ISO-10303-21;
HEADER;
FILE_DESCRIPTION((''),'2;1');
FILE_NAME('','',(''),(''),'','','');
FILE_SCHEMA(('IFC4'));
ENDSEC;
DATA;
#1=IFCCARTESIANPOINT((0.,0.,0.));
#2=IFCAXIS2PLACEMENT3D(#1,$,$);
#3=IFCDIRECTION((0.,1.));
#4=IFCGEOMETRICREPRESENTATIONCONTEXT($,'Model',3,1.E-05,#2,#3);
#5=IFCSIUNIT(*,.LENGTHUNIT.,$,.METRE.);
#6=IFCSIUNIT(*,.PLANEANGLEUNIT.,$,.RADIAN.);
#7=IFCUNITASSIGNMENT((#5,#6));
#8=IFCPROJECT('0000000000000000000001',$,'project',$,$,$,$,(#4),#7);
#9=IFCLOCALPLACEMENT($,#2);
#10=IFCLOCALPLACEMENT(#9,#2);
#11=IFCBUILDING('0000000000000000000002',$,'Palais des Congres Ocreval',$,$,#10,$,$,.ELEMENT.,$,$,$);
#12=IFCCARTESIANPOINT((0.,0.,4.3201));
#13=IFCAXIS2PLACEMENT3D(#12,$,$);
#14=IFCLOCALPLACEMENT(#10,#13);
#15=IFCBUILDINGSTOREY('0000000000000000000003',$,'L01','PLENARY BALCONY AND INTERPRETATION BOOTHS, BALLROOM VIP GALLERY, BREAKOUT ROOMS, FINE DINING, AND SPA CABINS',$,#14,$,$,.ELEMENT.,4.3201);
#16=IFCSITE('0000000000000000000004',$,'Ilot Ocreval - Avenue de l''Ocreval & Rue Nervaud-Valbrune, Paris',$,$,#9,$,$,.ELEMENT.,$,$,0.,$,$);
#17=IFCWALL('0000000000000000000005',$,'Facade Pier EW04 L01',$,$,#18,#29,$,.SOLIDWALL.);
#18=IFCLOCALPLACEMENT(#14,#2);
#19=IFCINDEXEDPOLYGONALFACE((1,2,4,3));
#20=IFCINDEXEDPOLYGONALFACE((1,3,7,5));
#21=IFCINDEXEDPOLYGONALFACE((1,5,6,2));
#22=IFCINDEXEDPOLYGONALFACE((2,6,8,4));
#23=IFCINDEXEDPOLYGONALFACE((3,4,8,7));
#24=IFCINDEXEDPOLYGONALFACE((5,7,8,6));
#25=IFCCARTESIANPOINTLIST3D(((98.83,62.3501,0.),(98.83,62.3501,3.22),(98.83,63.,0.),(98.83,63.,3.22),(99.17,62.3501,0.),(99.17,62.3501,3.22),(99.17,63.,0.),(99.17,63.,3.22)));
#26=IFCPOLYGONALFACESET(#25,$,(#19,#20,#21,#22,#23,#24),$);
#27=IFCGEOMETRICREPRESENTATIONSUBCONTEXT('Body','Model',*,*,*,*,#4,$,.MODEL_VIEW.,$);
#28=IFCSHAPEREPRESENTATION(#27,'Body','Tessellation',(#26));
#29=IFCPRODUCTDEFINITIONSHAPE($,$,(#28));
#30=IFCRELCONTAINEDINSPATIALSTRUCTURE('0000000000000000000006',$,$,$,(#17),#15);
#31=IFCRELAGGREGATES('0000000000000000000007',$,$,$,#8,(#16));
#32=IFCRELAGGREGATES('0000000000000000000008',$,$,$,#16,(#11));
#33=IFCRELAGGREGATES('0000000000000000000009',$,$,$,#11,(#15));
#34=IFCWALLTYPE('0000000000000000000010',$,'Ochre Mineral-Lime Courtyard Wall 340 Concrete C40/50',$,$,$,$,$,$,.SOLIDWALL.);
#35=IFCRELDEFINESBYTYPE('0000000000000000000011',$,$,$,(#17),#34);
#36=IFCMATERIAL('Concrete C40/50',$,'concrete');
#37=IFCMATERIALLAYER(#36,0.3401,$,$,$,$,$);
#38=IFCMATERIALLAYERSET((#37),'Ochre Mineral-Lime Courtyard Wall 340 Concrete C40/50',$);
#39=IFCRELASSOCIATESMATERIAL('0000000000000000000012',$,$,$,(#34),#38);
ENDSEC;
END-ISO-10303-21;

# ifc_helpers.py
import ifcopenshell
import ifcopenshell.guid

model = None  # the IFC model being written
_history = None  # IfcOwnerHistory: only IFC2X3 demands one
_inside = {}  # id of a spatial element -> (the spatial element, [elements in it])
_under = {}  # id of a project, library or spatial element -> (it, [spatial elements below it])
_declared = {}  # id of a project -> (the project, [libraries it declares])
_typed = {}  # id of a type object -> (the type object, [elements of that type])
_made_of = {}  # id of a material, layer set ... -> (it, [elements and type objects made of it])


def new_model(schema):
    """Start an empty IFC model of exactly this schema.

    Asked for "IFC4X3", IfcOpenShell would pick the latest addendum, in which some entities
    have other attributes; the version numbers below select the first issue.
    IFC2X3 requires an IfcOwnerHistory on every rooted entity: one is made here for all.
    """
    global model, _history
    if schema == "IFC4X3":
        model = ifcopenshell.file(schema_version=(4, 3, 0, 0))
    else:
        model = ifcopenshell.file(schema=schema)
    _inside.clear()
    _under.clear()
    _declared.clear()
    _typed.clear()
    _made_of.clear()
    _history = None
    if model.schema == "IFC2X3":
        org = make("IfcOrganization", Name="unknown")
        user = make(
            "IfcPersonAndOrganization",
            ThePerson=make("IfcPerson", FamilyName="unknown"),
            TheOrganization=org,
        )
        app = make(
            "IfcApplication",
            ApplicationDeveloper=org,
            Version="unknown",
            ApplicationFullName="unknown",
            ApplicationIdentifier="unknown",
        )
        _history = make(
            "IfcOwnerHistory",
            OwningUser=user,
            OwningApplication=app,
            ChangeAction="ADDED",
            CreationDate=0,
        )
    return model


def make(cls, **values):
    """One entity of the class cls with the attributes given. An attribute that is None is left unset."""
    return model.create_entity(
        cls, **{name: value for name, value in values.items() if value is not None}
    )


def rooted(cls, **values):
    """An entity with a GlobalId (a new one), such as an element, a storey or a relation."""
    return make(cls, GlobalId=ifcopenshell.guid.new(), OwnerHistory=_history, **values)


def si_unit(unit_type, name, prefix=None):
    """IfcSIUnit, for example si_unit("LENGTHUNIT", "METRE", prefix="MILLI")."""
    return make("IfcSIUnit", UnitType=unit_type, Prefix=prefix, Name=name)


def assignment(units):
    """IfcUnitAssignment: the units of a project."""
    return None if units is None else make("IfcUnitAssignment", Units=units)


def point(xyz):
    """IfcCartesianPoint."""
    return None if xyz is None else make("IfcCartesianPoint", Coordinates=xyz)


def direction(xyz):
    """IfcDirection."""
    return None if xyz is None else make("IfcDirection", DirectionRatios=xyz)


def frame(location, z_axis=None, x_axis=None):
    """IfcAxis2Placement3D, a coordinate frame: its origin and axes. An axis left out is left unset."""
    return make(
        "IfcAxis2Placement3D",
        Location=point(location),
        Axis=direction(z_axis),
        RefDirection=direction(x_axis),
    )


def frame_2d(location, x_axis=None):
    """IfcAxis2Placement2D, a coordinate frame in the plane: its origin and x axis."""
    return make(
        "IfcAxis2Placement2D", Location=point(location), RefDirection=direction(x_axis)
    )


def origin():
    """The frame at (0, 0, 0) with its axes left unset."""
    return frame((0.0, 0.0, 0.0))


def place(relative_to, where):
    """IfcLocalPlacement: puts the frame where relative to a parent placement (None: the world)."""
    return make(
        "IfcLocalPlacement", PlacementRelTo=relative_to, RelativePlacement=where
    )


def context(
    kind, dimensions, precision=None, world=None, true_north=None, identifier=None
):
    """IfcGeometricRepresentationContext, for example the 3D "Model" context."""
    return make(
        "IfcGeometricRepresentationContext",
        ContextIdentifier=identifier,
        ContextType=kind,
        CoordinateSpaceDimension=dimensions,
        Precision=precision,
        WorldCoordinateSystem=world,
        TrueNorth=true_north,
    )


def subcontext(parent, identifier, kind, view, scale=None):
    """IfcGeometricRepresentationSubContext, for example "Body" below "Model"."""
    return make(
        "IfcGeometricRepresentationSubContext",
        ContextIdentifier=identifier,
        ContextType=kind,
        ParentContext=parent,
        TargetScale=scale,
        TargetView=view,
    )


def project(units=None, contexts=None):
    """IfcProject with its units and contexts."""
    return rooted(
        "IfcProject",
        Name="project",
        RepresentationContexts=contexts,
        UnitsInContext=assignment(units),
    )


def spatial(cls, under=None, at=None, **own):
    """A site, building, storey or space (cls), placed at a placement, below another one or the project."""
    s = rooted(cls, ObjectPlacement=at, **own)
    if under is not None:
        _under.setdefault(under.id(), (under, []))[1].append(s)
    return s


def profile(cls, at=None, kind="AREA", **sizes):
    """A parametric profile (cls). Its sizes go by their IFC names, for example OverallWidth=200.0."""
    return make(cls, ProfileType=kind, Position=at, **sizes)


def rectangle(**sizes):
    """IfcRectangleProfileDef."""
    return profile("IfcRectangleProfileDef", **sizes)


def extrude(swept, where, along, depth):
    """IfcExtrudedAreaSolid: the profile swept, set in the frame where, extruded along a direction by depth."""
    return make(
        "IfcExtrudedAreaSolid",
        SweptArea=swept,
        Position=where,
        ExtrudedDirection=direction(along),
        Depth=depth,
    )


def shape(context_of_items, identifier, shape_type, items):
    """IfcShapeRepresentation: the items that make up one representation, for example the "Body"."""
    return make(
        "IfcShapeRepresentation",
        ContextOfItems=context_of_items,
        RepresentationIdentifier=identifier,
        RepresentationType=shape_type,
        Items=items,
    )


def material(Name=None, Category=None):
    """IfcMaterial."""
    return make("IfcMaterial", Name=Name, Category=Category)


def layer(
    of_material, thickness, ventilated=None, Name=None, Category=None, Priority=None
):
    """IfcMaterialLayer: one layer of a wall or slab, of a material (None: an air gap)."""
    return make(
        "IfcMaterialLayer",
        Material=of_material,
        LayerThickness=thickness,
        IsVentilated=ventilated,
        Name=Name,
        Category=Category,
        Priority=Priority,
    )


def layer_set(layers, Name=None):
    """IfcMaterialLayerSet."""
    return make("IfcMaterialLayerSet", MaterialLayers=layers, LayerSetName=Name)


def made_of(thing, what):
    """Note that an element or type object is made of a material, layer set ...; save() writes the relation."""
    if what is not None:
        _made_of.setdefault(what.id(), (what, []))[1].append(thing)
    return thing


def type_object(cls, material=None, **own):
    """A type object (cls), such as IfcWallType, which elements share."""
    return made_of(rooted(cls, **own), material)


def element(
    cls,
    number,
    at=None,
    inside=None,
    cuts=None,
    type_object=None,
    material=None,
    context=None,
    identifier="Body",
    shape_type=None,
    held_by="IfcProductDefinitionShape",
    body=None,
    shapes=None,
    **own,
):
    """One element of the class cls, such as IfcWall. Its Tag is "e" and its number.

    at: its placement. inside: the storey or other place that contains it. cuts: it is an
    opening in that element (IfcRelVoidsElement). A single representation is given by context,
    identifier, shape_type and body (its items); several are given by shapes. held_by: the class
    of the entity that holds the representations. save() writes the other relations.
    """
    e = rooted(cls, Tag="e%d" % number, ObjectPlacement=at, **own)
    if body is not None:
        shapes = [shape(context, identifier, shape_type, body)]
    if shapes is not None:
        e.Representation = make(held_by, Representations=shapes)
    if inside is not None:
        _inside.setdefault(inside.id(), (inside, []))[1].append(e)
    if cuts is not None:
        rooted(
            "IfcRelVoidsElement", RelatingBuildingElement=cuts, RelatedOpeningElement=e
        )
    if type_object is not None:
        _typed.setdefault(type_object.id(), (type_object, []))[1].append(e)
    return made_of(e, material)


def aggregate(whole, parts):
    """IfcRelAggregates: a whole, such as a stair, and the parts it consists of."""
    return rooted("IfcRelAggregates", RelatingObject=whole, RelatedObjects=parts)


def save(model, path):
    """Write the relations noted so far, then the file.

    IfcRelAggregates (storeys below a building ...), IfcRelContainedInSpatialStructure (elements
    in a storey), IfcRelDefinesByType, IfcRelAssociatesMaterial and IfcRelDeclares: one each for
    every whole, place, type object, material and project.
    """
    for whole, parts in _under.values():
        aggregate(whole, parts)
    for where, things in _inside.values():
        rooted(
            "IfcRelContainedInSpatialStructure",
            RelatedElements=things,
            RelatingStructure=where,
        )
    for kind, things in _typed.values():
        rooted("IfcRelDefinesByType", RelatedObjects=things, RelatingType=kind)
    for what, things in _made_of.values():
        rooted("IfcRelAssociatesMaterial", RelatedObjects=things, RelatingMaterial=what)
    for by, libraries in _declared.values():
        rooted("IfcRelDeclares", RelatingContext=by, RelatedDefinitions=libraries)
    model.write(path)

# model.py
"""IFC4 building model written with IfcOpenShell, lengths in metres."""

from ifc_helpers import new_model, si_unit, direction, frame, frame_2d, origin, place, context, subcontext, project, spatial, rectangle, extrude, material, layer, layer_set, type_object, element, save


model = new_model("IFC4")

# Units and contexts
model_context = context("Model", 3, precision=1e-05, world=origin(), true_north=direction((0.0, 1.0)))
body_context = subcontext(model_context, "Body", "Model", "MODEL_VIEW")
ifc_project = project(units=[si_unit("LENGTHUNIT", "METRE"), si_unit("PLANEANGLEUNIT", "RADIAN")], contexts=[model_context])

# Site, building, storey
site_placement = place(None, origin())
site = spatial("IfcSite", under=ifc_project, at=site_placement, Name="Ilot Ocreval - Avenue de l'Ocreval & Rue Nervaud-Valbrune, Paris", CompositionType="ELEMENT", RefElevation=0.0)
building_placement = place(site_placement, origin())
building = spatial("IfcBuilding", under=site, at=building_placement, Name="Palais des Congres Ocreval", CompositionType="ELEMENT")
storey_placement = place(building_placement, frame((0.0, 0.0, 4.3201)))
storey = spatial("IfcBuildingStorey", under=building, at=storey_placement, Name="L01", Description="PLENARY BALCONY AND INTERPRETATION BOOTHS, BALLROOM VIP GALLERY, BREAKOUT ROOMS, FINE DINING, AND SPA CABINS", CompositionType="ELEMENT", Elevation=4.3201)

# Wall
ifc_material_1 = material(Name="Concrete C40/50", Category="concrete")
ifc_layer_1 = layer(ifc_material_1, 0.3401)
ifc_layer_set_1 = layer_set([ifc_layer_1], Name="Ochre Mineral-Lime Courtyard Wall 340 Concrete C40/50")
wall_type = type_object("IfcWallType", Name="Ochre Mineral-Lime Courtyard Wall 340 Concrete C40/50", PredefinedType="SOLIDWALL", material=ifc_layer_set_1)
wall_placement = place(storey_placement, frame((99.0, 62.3501, 0.0), z_axis=(0.0, 0.0, 1.0), x_axis=(0.0, 1.0, 0.0)))
element("IfcWall", 1, at=wall_placement, inside=storey, type_object=wall_type, Name="Facade Pier EW04 L01", PredefinedType="SOLIDWALL", context=body_context, shape_type="SweptSolid", body=[
    extrude(rectangle(XDim=0.6499, YDim=0.3401, at=frame_2d((0.325, 0.0))), origin(), (0.0, 0.0, 1.0), 3.22),
])

save(model, "model.ifc")
